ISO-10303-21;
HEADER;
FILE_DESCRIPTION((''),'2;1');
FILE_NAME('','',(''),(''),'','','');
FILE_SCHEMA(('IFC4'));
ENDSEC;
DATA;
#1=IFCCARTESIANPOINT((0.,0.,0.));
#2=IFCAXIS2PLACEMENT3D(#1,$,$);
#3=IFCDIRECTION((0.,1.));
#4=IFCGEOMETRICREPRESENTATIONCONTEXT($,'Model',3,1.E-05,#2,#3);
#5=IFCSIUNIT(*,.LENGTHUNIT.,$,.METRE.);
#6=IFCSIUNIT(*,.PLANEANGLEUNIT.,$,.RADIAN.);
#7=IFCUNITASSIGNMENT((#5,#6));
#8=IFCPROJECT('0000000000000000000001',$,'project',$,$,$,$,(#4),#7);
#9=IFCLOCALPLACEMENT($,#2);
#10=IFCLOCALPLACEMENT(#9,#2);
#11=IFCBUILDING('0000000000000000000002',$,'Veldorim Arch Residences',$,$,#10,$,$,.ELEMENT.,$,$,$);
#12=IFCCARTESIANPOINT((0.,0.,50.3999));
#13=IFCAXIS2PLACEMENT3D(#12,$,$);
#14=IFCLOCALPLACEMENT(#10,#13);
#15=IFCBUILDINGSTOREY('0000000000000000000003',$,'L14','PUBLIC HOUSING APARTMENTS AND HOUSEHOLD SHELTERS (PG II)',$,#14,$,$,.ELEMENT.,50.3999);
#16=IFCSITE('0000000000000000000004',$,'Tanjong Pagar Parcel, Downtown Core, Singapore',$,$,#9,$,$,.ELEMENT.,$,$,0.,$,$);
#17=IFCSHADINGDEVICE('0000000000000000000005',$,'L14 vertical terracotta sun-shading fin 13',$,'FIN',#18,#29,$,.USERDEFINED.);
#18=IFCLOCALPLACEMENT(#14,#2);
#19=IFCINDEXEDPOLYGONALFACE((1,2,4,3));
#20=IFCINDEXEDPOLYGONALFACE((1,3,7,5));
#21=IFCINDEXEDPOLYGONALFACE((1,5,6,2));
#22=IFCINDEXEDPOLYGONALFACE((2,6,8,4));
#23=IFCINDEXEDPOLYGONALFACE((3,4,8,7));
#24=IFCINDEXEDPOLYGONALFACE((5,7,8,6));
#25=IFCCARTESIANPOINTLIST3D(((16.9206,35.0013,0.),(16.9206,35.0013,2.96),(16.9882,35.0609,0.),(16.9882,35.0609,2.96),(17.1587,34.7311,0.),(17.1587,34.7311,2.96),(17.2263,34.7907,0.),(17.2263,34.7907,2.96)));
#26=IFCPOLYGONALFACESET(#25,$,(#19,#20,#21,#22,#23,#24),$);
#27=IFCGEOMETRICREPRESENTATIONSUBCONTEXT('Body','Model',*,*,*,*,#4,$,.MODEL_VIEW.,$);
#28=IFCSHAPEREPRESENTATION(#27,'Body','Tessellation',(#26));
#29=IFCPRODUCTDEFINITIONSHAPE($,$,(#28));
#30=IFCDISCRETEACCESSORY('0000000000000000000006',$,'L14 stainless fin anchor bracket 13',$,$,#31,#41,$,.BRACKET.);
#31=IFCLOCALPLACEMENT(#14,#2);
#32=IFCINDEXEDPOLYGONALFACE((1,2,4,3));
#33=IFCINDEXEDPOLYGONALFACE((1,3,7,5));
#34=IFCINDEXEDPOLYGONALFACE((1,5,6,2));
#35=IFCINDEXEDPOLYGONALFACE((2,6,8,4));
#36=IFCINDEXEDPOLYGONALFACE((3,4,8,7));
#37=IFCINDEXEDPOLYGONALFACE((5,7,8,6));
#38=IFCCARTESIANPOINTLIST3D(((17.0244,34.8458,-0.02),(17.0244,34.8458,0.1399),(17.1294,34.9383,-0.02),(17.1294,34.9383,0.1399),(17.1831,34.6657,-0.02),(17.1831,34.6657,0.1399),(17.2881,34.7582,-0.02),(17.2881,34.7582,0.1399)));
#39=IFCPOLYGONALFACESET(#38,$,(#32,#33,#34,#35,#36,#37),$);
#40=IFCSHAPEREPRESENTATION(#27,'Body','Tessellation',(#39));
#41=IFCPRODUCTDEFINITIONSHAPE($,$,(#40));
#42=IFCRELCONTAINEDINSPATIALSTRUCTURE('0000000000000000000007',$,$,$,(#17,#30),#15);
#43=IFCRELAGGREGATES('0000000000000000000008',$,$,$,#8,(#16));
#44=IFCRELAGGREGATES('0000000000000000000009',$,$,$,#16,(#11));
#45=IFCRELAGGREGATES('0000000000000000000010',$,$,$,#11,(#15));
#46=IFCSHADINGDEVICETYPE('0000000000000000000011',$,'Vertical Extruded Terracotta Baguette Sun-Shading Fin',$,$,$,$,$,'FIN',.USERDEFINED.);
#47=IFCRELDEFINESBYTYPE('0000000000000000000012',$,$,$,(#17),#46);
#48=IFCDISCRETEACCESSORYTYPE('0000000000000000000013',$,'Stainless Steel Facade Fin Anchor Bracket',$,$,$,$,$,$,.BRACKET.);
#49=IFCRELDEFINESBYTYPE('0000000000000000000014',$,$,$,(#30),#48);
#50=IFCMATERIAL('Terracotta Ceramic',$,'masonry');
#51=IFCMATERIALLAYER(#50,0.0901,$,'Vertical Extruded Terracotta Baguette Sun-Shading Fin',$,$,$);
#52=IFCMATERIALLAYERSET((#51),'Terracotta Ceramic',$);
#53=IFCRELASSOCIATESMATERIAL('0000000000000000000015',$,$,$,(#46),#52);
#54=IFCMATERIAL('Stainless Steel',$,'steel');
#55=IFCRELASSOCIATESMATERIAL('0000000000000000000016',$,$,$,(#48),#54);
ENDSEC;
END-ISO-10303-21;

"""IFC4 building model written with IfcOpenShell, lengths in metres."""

from ifc_helpers import new_model, si_unit, direction, frame, origin, origin_2d, place, context, subcontext, project, spatial, rectangle, extrude, material, layer, layer_set, type_object, element, save


model = new_model("IFC4")

# Units and contexts
model_context = context("Model", 3, precision=1e-05, world=origin(), true_north=direction((0.0, 1.0)))
body_context = subcontext(model_context, "Body", "Model", "MODEL_VIEW")
ifc_project = project(units=[si_unit("LENGTHUNIT", "METRE"), si_unit("PLANEANGLEUNIT", "RADIAN")], contexts=[model_context])

# Site, building, storey
site_placement = place(None, origin())
site = spatial("IfcSite", under=ifc_project, at=site_placement, Name="Tanjong Pagar Parcel, Downtown Core, Singapore", CompositionType="ELEMENT", RefElevation=0.0)
building_placement = place(site_placement, origin())
building = spatial("IfcBuilding", under=site, at=building_placement, Name="Veldorim Arch Residences", CompositionType="ELEMENT")
storey_placement = place(building_placement, frame((0.0, 0.0, 50.3999)))
storey = spatial("IfcBuildingStorey", under=building, at=storey_placement, Name="L14", Description="PUBLIC HOUSING APARTMENTS AND HOUSEHOLD SHELTERS (PG II)", CompositionType="ELEMENT", Elevation=50.3999)

# Shading device
ifc_material_1 = material(Name="Terracotta Ceramic", Category="masonry")
ifc_layer_1 = layer(ifc_material_1, 0.0901, Name="Vertical Extruded Terracotta Baguette Sun-Shading Fin")
ifc_layer_set_1 = layer_set([ifc_layer_1], Name="Terracotta Ceramic")
shading_device_type = type_object("IfcShadingDeviceType", Name="Vertical Extruded Terracotta Baguette Sun-Shading Fin", ElementType="FIN", PredefinedType="USERDEFINED", material=ifc_layer_set_1)
shading_device_placement = place(storey_placement, frame((17.0735, 34.896, 0.0), z_axis=(0.0, 0.0, 1.0), x_axis=(0.750226, 0.661181, 0.0)))
element("IfcShadingDevice", 1, at=shading_device_placement, inside=storey, type_object=shading_device_type, Name="L14 vertical terracotta sun-shading fin 13", ObjectType="FIN", PredefinedType="USERDEFINED", context=body_context, shape_type="SweptSolid", body=[
    extrude(rectangle(XDim=0.0901, YDim=0.3601, at=origin_2d()), origin(), (0.0, 0.0, 1.0), 2.96),
])

# Discrete accessory
ifc_material_2 = material(Name="Stainless Steel", Category="steel")
discrete_accessory_type = type_object("IfcDiscreteAccessoryType", Name="Stainless Steel Facade Fin Anchor Bracket", PredefinedType="BRACKET", material=ifc_material_2)
discrete_accessory_placement = place(storey_placement, frame((17.1562, 34.802, -0.02), z_axis=(0.0, 0.0, 1.0), x_axis=(0.750226, 0.661181, 0.0)))
element("IfcDiscreteAccessory", 2, at=discrete_accessory_placement, inside=storey, type_object=discrete_accessory_type, Name="L14 stainless fin anchor bracket 13", PredefinedType="BRACKET", context=body_context, shape_type="SweptSolid", body=[
    extrude(rectangle(XDim=0.1399, YDim=0.24, at=origin_2d()), origin(), (0.0, 0.0, 1.0), 0.1599),
])

save(model, "model.ifc")
